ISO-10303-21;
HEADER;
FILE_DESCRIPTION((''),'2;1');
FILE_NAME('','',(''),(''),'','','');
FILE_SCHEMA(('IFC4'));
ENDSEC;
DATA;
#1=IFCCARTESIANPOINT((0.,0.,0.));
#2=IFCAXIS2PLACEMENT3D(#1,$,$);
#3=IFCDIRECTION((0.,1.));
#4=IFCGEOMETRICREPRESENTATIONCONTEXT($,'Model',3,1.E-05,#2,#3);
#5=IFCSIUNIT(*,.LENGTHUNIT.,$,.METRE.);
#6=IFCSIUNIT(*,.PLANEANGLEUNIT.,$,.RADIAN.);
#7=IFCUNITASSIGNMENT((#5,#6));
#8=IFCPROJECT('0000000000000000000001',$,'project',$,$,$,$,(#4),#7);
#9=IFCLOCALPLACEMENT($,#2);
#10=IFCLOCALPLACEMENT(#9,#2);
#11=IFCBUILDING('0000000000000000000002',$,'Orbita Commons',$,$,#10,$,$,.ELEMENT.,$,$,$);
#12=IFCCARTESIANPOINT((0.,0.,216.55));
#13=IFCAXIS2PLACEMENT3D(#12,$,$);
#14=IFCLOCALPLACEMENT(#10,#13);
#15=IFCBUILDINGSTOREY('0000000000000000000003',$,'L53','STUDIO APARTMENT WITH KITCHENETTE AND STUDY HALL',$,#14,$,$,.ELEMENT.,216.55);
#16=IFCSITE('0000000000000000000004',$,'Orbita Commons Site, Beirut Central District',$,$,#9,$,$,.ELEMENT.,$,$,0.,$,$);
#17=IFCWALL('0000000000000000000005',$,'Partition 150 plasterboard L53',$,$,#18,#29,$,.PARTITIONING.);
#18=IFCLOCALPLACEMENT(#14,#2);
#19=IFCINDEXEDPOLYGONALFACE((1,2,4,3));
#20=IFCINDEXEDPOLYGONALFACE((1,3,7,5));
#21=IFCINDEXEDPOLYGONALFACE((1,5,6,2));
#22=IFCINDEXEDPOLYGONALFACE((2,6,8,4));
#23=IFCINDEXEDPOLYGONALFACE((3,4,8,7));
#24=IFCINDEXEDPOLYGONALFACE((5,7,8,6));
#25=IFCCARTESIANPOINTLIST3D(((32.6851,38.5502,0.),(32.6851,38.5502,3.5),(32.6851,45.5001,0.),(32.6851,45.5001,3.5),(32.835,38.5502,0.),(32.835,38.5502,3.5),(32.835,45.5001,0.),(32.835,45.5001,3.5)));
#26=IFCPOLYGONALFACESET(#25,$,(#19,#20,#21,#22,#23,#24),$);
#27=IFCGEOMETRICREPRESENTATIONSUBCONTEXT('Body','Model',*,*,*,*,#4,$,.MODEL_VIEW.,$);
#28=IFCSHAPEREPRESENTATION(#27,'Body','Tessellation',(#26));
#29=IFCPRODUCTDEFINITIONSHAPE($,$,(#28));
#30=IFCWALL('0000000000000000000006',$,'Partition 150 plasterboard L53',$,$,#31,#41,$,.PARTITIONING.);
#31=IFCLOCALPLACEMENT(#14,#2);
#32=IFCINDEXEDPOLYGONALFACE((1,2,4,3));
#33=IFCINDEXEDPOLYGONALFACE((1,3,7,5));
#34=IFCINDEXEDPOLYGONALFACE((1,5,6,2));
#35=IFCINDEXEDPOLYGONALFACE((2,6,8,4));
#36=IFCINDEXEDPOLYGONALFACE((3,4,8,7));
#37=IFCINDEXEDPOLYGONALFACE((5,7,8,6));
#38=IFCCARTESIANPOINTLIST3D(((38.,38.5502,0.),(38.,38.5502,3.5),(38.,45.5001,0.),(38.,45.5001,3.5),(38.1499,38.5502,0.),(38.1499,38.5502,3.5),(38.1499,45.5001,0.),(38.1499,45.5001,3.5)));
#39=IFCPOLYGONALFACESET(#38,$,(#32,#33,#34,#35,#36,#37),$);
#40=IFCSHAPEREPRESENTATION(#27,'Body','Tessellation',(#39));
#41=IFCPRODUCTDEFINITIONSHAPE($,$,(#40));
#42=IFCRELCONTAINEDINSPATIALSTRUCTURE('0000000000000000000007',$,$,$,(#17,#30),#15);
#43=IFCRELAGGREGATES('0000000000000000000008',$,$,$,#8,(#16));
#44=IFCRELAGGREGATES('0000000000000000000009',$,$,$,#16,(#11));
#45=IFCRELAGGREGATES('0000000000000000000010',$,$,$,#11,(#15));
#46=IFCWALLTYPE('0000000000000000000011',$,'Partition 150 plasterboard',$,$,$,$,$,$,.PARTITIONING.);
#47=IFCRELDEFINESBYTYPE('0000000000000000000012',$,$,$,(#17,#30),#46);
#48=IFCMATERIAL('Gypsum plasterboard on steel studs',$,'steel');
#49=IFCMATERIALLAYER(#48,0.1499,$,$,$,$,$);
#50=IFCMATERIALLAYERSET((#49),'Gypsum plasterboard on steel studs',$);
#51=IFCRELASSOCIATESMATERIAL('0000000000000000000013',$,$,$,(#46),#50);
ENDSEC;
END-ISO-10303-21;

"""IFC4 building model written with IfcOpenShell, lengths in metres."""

from ifc_helpers import new_model, si_unit, direction, frame, frame_2d, origin, place, context, subcontext, project, spatial, rectangle, extrude, material, layer, layer_set, type_object, element, save


model = new_model("IFC4")

# Units and contexts
model_context = context("Model", 3, precision=1e-05, world=origin(), true_north=direction((0.0, 1.0)))
body_context = subcontext(model_context, "Body", "Model", "MODEL_VIEW")
ifc_project = project(units=[si_unit("LENGTHUNIT", "METRE"), si_unit("PLANEANGLEUNIT", "RADIAN")], contexts=[model_context])

# Site, building, storey
site_placement = place(None, origin())
site = spatial("IfcSite", under=ifc_project, at=site_placement, Name="Orbita Commons Site, Beirut Central District", CompositionType="ELEMENT", RefElevation=0.0)
building_placement = place(site_placement, origin())
building = spatial("IfcBuilding", under=site, at=building_placement, Name="Orbita Commons", CompositionType="ELEMENT")
storey_placement = place(building_placement, frame((0.0, 0.0, 216.55)))
storey = spatial("IfcBuildingStorey", under=building, at=storey_placement, Name="L53", Description="STUDIO APARTMENT WITH KITCHENETTE AND STUDY HALL", CompositionType="ELEMENT", Elevation=216.55)

# Walls
ifc_material_1 = material(Name="Gypsum plasterboard on steel studs", Category="steel")
ifc_layer_1 = layer(ifc_material_1, 0.1499)
ifc_layer_set_1 = layer_set([ifc_layer_1], Name="Gypsum plasterboard on steel studs")
wall_type_1 = type_object("IfcWallType", Name="Partition 150 plasterboard", PredefinedType="PARTITIONING", material=ifc_layer_set_1)
for number, where, z_axis, x_axis, name in (
    (1, (32.76, 38.55, 0.0), (0.0, 0.0, 1.0), (0.0, 1.0, 0.0), "Partition 150 plasterboard L53"),
    (2, (38.075, 38.55, 0.0), (0.0, 0.0, 1.0), (0.0, 1.0, 0.0), "Partition 150 plasterboard L53"),
):
    element("IfcWall", number, at=place(storey_placement, frame(where, z_axis=z_axis, x_axis=x_axis)), inside=storey, type_object=wall_type_1, Name=name, PredefinedType="PARTITIONING", context=body_context, shape_type="SweptSolid", body=[
        extrude(rectangle(XDim=6.95, YDim=0.1499, at=frame_2d((3.4751, 0.0))), origin(), (0.0, 0.0, 1.0), 3.5),
    ])

save(model, "model.ifc")
